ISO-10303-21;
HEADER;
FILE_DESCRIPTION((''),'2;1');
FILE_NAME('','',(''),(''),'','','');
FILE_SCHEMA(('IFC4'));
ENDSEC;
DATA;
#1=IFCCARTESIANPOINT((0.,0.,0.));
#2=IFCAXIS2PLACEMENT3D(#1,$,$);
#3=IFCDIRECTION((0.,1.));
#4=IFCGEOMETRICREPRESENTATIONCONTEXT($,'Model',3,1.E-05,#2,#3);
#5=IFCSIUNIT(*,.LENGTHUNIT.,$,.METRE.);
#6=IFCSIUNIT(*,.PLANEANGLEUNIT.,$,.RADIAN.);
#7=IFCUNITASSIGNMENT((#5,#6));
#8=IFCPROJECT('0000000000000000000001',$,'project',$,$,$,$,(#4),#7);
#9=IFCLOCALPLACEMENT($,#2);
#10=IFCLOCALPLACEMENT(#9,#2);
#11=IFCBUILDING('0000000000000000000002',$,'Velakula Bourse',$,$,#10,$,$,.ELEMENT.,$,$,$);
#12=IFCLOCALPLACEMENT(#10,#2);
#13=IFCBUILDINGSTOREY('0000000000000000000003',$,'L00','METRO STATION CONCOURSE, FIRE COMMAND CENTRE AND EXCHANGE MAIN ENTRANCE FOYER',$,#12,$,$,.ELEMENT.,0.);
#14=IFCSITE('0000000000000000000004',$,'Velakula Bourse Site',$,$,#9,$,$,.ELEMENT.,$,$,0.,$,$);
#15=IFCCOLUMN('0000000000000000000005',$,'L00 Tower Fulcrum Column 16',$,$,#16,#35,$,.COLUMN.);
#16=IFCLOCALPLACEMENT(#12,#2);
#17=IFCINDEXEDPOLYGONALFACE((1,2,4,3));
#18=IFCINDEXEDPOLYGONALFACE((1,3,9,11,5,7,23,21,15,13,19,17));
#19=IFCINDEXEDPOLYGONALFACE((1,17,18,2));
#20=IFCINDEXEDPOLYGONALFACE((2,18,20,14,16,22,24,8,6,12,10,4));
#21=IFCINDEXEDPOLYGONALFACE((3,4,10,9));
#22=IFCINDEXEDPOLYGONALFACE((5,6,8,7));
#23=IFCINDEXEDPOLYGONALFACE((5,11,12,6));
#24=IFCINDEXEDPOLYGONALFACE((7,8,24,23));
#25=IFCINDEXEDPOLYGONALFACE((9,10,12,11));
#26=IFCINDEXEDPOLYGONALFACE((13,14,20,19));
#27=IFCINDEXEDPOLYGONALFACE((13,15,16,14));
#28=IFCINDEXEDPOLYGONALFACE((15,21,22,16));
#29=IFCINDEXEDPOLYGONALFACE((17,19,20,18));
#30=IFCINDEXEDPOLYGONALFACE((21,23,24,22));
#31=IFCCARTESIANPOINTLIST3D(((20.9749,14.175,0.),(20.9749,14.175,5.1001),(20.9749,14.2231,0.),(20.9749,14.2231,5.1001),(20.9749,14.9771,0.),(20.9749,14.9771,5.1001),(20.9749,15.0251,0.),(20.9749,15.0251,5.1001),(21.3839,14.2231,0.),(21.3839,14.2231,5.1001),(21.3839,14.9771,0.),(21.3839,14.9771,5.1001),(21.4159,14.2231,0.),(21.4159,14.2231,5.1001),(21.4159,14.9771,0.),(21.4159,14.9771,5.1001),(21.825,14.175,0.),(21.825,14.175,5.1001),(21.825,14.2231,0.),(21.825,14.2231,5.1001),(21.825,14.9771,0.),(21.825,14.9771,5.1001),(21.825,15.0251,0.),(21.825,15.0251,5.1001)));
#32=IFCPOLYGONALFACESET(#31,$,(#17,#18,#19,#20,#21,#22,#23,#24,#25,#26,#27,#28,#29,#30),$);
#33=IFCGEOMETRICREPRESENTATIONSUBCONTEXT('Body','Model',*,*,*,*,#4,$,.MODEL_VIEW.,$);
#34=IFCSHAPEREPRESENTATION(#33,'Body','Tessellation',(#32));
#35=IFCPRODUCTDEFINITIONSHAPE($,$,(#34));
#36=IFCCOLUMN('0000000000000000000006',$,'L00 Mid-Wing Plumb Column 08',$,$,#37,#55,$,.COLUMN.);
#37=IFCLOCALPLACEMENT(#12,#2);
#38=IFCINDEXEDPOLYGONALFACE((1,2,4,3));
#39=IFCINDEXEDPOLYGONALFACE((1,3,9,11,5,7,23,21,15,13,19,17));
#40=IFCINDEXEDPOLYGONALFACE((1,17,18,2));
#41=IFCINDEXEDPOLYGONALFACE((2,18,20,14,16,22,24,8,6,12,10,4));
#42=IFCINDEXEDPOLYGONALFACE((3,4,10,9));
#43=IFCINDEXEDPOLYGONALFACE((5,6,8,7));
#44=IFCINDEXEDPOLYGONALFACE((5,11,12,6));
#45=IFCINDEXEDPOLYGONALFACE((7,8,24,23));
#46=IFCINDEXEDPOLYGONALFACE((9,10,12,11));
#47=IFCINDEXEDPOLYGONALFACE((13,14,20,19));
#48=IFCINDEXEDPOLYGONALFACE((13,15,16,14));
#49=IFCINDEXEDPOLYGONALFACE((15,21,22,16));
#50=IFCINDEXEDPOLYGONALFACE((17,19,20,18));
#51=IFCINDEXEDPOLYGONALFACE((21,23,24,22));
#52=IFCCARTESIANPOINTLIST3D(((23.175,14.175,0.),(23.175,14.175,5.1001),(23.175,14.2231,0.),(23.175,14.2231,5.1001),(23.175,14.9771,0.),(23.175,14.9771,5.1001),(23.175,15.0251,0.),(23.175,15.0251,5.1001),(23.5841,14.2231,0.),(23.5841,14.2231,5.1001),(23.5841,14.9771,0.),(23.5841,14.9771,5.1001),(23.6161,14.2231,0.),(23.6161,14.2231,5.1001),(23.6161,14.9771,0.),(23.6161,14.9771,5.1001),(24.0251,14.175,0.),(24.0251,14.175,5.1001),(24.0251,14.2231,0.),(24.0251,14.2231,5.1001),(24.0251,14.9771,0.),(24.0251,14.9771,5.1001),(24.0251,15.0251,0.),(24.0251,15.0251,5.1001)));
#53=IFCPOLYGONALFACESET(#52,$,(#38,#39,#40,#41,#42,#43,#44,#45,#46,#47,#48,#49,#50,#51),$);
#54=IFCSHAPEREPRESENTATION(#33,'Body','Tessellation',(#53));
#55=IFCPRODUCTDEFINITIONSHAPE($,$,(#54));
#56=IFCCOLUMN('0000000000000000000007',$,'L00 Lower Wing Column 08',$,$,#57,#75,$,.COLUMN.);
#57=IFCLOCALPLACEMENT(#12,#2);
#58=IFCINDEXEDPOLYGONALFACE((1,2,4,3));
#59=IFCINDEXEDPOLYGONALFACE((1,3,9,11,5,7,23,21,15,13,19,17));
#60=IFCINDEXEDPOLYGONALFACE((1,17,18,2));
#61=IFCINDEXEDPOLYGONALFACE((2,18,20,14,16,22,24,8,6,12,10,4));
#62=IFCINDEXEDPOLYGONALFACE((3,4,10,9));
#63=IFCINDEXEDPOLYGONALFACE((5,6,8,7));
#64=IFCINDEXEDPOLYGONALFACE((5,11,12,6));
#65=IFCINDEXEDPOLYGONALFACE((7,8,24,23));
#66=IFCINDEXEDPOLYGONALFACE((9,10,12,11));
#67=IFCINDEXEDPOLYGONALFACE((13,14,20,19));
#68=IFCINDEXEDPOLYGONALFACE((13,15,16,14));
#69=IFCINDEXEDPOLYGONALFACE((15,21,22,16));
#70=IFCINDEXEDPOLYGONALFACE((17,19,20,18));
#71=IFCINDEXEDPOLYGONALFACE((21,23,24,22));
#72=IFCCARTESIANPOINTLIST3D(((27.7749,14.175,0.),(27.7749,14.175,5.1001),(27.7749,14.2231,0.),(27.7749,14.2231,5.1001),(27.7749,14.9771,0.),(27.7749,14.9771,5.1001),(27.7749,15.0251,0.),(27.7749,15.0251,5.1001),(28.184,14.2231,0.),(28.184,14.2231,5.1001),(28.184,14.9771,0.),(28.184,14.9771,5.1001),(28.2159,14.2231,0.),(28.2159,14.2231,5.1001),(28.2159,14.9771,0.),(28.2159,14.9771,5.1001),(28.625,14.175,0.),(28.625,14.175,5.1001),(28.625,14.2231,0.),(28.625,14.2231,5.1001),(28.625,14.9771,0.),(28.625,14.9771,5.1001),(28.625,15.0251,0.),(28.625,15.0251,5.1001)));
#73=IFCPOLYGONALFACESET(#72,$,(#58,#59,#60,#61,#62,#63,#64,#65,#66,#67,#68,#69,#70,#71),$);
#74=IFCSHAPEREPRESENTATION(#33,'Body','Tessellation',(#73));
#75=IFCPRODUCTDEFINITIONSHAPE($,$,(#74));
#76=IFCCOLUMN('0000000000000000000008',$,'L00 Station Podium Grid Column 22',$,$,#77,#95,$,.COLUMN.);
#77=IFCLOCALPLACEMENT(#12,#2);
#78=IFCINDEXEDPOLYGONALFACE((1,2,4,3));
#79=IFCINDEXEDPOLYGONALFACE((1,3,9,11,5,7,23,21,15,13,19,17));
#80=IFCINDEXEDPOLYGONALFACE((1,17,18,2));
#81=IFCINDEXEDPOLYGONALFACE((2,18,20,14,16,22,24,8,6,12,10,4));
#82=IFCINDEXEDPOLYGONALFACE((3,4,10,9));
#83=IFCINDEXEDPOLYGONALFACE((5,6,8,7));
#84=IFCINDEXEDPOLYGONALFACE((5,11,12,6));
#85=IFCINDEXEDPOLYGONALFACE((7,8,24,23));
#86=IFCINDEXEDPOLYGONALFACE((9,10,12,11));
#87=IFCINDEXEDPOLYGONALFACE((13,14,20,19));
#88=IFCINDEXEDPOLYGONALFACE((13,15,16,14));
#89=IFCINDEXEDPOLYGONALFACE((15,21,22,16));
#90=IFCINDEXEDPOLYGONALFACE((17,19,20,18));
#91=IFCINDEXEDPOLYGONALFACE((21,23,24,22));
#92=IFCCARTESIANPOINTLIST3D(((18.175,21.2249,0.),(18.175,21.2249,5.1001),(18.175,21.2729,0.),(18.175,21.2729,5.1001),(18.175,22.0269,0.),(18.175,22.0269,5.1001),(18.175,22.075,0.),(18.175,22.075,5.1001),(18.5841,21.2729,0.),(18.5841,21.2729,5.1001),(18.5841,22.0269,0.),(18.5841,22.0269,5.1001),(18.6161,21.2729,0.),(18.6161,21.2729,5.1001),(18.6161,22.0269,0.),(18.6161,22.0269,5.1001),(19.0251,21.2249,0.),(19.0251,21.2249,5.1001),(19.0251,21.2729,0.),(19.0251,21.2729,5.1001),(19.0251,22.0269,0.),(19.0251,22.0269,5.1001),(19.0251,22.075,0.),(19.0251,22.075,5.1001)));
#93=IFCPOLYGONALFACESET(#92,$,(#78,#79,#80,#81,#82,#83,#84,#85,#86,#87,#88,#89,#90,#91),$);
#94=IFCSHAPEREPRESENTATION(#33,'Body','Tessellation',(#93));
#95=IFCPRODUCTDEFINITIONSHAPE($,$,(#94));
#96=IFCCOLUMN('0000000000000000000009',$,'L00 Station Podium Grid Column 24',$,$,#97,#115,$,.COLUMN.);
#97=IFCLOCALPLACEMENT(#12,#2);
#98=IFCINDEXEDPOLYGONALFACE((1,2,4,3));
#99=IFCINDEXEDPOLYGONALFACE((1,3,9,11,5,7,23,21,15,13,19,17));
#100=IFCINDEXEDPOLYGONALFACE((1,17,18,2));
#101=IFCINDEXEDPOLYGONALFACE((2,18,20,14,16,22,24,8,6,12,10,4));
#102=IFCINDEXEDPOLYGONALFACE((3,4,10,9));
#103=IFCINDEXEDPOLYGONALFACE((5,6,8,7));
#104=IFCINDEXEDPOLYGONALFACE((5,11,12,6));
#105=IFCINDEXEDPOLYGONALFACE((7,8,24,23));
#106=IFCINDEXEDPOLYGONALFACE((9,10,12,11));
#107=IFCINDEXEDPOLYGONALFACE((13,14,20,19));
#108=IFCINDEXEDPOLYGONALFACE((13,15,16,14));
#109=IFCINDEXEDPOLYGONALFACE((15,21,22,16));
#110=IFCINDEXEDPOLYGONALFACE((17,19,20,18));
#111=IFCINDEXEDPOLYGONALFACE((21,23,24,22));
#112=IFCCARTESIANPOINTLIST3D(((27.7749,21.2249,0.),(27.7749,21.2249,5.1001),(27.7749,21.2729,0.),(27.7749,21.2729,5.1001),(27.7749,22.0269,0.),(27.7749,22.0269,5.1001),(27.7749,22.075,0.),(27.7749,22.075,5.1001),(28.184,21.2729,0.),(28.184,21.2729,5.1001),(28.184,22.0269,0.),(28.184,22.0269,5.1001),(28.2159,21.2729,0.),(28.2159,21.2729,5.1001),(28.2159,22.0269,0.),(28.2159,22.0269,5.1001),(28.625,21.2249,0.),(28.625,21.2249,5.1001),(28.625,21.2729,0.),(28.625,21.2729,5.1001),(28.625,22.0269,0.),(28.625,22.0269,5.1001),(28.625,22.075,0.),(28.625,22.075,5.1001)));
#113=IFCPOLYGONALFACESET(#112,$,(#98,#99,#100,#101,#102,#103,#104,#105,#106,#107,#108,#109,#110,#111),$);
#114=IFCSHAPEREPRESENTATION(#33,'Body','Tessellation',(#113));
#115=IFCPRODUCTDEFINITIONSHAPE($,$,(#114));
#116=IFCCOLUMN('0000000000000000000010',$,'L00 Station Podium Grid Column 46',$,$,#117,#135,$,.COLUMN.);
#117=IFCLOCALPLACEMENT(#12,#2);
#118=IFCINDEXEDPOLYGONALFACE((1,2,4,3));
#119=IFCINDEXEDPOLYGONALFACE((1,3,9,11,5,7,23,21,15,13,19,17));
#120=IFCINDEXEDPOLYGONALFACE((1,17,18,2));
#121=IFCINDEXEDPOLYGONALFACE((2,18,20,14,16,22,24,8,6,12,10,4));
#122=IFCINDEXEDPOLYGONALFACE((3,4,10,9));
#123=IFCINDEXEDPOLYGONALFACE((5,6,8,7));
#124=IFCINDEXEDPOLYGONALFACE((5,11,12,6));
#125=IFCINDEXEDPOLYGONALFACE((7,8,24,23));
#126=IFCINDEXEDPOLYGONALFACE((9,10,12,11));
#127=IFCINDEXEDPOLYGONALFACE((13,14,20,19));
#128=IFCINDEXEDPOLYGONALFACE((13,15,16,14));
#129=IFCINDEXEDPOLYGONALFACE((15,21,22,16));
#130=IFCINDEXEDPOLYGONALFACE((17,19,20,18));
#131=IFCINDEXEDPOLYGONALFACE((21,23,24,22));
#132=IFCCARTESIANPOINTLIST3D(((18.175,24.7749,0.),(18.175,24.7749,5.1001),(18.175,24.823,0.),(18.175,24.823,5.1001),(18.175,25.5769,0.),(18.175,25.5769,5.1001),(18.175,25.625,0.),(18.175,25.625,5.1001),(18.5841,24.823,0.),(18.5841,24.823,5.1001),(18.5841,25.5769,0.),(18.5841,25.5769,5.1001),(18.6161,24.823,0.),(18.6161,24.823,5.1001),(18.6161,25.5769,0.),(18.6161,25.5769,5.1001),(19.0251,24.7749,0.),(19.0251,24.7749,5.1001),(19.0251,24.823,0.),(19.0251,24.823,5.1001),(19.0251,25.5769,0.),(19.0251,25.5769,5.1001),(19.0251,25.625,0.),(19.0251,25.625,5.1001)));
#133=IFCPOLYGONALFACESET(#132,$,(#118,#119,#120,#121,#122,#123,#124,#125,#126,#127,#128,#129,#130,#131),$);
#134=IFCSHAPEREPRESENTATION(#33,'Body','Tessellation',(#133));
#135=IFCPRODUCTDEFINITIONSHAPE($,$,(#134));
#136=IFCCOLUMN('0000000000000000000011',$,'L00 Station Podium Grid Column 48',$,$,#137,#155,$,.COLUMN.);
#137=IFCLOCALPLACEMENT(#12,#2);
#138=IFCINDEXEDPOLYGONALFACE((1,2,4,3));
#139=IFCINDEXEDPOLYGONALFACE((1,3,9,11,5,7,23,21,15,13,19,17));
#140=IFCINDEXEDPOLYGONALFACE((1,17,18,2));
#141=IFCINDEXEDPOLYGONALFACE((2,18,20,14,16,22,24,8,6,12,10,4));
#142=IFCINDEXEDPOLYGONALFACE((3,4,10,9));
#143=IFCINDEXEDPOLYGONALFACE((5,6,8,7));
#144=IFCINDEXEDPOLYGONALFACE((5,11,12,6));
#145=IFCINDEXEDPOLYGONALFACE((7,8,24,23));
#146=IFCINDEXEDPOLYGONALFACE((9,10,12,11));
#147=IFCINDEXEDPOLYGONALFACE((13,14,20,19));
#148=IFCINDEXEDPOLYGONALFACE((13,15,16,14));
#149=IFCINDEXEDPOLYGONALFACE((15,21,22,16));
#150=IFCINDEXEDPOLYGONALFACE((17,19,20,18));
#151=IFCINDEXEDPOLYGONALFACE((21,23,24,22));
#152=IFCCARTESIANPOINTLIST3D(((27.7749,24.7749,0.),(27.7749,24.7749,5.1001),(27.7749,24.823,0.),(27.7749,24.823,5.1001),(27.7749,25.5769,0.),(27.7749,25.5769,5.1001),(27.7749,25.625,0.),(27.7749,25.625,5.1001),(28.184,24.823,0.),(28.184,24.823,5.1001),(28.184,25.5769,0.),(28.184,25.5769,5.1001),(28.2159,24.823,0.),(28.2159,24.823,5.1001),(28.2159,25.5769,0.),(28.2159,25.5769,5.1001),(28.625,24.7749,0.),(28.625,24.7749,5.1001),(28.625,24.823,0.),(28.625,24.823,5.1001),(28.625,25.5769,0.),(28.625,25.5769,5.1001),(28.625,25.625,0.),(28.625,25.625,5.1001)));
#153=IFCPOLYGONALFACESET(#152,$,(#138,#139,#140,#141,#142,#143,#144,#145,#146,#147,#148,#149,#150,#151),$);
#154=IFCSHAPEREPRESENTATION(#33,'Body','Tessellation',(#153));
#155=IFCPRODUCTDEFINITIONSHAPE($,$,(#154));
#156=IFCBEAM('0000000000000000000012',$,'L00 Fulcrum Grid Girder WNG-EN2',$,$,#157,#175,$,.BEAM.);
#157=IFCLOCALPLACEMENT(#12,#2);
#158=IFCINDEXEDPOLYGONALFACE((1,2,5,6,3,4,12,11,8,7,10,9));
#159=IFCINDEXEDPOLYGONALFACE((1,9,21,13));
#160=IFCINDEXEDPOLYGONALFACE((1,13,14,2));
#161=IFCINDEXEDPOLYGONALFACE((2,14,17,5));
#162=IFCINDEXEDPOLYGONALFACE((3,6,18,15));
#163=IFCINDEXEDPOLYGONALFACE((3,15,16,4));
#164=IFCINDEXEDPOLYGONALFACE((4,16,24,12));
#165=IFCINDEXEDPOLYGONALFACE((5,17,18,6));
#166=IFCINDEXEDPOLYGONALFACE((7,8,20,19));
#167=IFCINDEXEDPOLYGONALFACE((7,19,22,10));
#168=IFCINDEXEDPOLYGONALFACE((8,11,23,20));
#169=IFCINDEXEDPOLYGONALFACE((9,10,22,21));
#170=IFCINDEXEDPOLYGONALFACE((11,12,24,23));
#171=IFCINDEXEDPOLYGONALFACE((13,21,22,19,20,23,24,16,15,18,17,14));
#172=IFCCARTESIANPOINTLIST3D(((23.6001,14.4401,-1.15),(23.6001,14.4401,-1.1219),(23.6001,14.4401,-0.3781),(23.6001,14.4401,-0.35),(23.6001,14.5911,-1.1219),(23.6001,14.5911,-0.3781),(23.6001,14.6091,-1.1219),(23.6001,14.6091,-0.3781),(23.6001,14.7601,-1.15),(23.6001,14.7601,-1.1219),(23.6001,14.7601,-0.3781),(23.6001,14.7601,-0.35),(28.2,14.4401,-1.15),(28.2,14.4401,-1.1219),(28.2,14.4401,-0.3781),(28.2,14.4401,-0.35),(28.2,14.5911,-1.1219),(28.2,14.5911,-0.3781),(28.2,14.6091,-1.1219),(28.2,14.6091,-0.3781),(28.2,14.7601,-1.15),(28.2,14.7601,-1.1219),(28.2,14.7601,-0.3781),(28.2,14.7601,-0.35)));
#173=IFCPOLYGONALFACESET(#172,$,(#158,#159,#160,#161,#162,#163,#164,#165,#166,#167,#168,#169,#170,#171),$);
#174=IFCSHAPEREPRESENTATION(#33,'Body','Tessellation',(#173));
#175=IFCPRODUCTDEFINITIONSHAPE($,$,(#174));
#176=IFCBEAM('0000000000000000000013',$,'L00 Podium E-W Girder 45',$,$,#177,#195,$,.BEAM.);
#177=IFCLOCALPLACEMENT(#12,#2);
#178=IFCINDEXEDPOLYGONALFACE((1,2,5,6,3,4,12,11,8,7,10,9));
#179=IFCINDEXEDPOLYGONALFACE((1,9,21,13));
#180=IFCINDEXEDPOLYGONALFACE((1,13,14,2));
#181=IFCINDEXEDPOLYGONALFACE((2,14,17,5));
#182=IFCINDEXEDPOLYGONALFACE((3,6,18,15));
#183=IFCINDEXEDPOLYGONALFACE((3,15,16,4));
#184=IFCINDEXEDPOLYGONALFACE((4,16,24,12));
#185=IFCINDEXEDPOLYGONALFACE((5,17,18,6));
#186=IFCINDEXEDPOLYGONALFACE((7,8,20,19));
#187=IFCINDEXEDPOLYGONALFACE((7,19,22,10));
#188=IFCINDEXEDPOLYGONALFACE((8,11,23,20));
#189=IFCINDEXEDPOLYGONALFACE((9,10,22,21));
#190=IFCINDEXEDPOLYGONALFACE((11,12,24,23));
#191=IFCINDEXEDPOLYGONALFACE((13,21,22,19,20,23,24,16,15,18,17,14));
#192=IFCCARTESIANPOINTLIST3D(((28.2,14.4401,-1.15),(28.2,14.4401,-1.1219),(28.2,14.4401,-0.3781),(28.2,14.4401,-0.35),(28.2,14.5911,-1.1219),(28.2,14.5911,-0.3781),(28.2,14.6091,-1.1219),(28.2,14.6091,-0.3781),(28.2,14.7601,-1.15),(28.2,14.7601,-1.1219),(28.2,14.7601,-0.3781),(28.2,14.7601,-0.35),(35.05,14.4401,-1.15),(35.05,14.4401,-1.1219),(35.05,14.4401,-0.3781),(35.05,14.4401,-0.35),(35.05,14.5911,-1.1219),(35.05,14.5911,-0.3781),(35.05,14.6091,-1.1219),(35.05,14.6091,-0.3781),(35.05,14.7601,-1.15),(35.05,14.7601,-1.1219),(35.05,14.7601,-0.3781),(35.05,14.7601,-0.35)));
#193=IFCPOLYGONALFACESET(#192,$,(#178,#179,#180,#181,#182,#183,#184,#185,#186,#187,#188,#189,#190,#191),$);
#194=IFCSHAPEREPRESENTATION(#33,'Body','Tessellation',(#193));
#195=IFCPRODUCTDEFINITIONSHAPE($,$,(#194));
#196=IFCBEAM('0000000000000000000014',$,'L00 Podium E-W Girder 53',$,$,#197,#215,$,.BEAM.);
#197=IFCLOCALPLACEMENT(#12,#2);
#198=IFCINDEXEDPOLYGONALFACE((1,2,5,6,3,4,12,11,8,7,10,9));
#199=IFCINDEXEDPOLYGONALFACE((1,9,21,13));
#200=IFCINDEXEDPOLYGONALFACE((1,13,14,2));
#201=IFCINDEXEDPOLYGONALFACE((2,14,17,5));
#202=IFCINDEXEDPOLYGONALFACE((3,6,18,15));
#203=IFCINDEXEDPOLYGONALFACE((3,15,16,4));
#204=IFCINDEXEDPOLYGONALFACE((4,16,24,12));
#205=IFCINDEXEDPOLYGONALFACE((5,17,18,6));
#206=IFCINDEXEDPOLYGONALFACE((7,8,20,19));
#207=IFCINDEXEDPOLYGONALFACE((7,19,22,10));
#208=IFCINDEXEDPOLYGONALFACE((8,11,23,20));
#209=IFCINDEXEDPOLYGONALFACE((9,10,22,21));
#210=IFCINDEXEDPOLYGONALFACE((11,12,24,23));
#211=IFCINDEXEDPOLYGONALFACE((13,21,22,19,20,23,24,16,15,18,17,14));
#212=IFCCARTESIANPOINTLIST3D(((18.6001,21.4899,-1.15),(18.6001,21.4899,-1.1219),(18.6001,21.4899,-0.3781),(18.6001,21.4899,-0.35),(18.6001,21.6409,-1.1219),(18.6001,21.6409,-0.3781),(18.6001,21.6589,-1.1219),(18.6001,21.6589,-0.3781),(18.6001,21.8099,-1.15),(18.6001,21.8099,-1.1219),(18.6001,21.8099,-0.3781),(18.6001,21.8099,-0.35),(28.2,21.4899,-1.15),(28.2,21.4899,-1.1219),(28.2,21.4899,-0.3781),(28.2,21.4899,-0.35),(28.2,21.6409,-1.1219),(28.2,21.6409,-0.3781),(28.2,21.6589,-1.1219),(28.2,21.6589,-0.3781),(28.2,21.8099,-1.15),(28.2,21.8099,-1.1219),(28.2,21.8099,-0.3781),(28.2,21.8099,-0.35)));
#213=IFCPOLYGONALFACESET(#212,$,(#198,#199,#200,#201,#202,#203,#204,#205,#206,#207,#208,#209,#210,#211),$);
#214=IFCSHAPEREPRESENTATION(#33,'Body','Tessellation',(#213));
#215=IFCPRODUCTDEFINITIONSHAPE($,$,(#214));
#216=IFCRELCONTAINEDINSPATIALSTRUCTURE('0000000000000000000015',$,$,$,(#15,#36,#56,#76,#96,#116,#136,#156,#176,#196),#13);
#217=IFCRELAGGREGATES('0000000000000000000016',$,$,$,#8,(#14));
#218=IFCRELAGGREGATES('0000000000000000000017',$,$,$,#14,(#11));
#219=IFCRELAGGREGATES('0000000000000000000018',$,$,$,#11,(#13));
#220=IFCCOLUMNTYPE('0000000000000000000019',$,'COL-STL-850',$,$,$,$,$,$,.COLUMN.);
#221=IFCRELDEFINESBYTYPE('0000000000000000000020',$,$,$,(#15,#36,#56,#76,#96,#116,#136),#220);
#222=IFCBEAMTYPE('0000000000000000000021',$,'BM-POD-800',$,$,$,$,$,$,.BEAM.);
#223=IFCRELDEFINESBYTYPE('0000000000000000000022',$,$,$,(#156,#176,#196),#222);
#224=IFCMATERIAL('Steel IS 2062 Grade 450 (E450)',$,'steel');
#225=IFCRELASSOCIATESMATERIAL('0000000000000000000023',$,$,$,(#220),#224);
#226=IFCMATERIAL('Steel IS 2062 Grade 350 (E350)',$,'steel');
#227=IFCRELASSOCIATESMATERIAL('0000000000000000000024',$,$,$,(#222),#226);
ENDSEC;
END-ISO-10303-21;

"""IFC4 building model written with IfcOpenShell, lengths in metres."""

from ifc_helpers import new_model, si_unit, direction, frame, origin, origin_2d, place, context, subcontext, project, spatial, i_section, extrude, material, material_profile, profile_set, type_object, element, save


model = new_model("IFC4")

# Units and contexts
model_context = context("Model", 3, precision=1e-05, world=origin(), true_north=direction((0.0, 1.0)))
body_context = subcontext(model_context, "Body", "Model", "MODEL_VIEW")
ifc_project = project(units=[si_unit("LENGTHUNIT", "METRE"), si_unit("PLANEANGLEUNIT", "RADIAN")], contexts=[model_context])

# Site, building, storey
site_placement = place(None, origin())
site = spatial("IfcSite", under=ifc_project, at=site_placement, Name="Velakula Bourse Site", CompositionType="ELEMENT", RefElevation=0.0)
building_placement = place(site_placement, origin())
building = spatial("IfcBuilding", under=site, at=building_placement, Name="Velakula Bourse", CompositionType="ELEMENT")
storey_placement = place(building_placement, origin())
storey = spatial("IfcBuildingStorey", under=building, at=storey_placement, Name="L00", Description="METRO STATION CONCOURSE, FIRE COMMAND CENTRE AND EXCHANGE MAIN ENTRANCE FOYER", CompositionType="ELEMENT", Elevation=0.0)

# Columns
ifc_material_1 = material(Name="Steel IS 2062 Grade 450 (E450)", Category="steel")
ifc_material_profile_1 = material_profile(ifc_material_1, i_section(OverallWidth=0.8501, OverallDepth=0.8501, WebThickness=0.032, FlangeThickness=0.0481, at=origin_2d()), Name="Steel IS 2062 Grade 450 (E450)")
ifc_profile_set_1 = profile_set([ifc_material_profile_1], Name="Steel IS 2062 Grade 450 (E450)")
column_type = type_object("IfcColumnType", Name="COL-STL-850", PredefinedType="COLUMN", material=ifc_profile_set_1)
for number, where, z_axis, x_axis, name in (
    (1, (21.3999, 14.6001, 0.0), (0.0, 0.0, 1.0), (1.0, 0.0, 0.0), "L00 Tower Fulcrum Column 16"),
    (2, (23.6001, 14.6001, 0.0), (0.0, 0.0, 1.0), (1.0, 0.0, 0.0), "L00 Mid-Wing Plumb Column 08"),
    (3, (28.2, 14.6001, 0.0), (0.0, 0.0, 1.0), (1.0, 0.0, 0.0), "L00 Lower Wing Column 08"),
    (4, (18.6001, 21.6499, 0.0), (0.0, 0.0, 1.0), (1.0, 0.0, 0.0), "L00 Station Podium Grid Column 22"),
    (5, (28.2, 21.6499, 0.0), (0.0, 0.0, 1.0), (1.0, 0.0, 0.0), "L00 Station Podium Grid Column 24"),
    (6, (18.6001, 25.2, 0.0), (0.0, 0.0, 1.0), (1.0, 0.0, 0.0), "L00 Station Podium Grid Column 46"),
    (7, (28.2, 25.2, 0.0), (0.0, 0.0, 1.0), (1.0, 0.0, 0.0), "L00 Station Podium Grid Column 48"),
):
    element("IfcColumn", number, at=place(storey_placement, frame(where, z_axis=z_axis, x_axis=x_axis)), inside=storey, type_object=column_type, Name=name, PredefinedType="COLUMN", context=body_context, shape_type="SweptSolid", body=[
        extrude(i_section(OverallWidth=0.8501, OverallDepth=0.8501, WebThickness=0.032, FlangeThickness=0.0481, at=origin_2d()), origin(), (0.0, 0.0, 1.0), 5.1001),
    ])

# Beams
ifc_material_2 = material(Name="Steel IS 2062 Grade 350 (E350)", Category="steel")
ifc_material_profile_2 = material_profile(ifc_material_2, i_section(OverallWidth=0.3201, OverallDepth=0.8, WebThickness=0.0181, FlangeThickness=0.0281, at=origin_2d()), Name="Steel IS 2062 Grade 350 (E350)")
ifc_profile_set_2 = profile_set([ifc_material_profile_2], Name="Steel IS 2062 Grade 350 (E350)")
beam_type_1 = type_object("IfcBeamType", Name="BM-POD-800", PredefinedType="BEAM", material=ifc_profile_set_2)
beam_1_placement = place(storey_placement, frame((23.6001, 14.6001, -0.75), z_axis=(1.0, 0.0, 0.0), x_axis=(0.0, 1.0, 0.0)))
element("IfcBeam", 8, at=beam_1_placement, inside=storey, type_object=beam_type_1, Name="L00 Fulcrum Grid Girder WNG-EN2", PredefinedType="BEAM", context=body_context, shape_type="SweptSolid", body=[
    extrude(i_section(OverallWidth=0.3201, OverallDepth=0.8, WebThickness=0.0181, FlangeThickness=0.0281, at=origin_2d()), origin(), (0.0, 0.0, 1.0), 4.5999),
])
beam_2_placement = place(storey_placement, frame((28.2, 14.6001, -0.75), z_axis=(1.0, 0.0, 0.0), x_axis=(0.0, 1.0, 0.0)))
element("IfcBeam", 9, at=beam_2_placement, inside=storey, type_object=beam_type_1, Name="L00 Podium E-W Girder 45", PredefinedType="BEAM", context=body_context, shape_type="SweptSolid", body=[
    extrude(i_section(OverallWidth=0.3201, OverallDepth=0.8, WebThickness=0.0181, FlangeThickness=0.0281, at=origin_2d()), origin(), (0.0, 0.0, 1.0), 6.8501),
])
beam_3_placement = place(storey_placement, frame((18.6001, 21.6499, -0.75), z_axis=(1.0, 0.0, 0.0), x_axis=(0.0, 1.0, 0.0)))
element("IfcBeam", 10, at=beam_3_placement, inside=storey, type_object=beam_type_1, Name="L00 Podium E-W Girder 53", PredefinedType="BEAM", context=body_context, shape_type="SweptSolid", body=[
    extrude(i_section(OverallWidth=0.3201, OverallDepth=0.8, WebThickness=0.0181, FlangeThickness=0.0281, at=origin_2d()), origin(), (0.0, 0.0, 1.0), 9.5999),
])

save(model, "model.ifc")
